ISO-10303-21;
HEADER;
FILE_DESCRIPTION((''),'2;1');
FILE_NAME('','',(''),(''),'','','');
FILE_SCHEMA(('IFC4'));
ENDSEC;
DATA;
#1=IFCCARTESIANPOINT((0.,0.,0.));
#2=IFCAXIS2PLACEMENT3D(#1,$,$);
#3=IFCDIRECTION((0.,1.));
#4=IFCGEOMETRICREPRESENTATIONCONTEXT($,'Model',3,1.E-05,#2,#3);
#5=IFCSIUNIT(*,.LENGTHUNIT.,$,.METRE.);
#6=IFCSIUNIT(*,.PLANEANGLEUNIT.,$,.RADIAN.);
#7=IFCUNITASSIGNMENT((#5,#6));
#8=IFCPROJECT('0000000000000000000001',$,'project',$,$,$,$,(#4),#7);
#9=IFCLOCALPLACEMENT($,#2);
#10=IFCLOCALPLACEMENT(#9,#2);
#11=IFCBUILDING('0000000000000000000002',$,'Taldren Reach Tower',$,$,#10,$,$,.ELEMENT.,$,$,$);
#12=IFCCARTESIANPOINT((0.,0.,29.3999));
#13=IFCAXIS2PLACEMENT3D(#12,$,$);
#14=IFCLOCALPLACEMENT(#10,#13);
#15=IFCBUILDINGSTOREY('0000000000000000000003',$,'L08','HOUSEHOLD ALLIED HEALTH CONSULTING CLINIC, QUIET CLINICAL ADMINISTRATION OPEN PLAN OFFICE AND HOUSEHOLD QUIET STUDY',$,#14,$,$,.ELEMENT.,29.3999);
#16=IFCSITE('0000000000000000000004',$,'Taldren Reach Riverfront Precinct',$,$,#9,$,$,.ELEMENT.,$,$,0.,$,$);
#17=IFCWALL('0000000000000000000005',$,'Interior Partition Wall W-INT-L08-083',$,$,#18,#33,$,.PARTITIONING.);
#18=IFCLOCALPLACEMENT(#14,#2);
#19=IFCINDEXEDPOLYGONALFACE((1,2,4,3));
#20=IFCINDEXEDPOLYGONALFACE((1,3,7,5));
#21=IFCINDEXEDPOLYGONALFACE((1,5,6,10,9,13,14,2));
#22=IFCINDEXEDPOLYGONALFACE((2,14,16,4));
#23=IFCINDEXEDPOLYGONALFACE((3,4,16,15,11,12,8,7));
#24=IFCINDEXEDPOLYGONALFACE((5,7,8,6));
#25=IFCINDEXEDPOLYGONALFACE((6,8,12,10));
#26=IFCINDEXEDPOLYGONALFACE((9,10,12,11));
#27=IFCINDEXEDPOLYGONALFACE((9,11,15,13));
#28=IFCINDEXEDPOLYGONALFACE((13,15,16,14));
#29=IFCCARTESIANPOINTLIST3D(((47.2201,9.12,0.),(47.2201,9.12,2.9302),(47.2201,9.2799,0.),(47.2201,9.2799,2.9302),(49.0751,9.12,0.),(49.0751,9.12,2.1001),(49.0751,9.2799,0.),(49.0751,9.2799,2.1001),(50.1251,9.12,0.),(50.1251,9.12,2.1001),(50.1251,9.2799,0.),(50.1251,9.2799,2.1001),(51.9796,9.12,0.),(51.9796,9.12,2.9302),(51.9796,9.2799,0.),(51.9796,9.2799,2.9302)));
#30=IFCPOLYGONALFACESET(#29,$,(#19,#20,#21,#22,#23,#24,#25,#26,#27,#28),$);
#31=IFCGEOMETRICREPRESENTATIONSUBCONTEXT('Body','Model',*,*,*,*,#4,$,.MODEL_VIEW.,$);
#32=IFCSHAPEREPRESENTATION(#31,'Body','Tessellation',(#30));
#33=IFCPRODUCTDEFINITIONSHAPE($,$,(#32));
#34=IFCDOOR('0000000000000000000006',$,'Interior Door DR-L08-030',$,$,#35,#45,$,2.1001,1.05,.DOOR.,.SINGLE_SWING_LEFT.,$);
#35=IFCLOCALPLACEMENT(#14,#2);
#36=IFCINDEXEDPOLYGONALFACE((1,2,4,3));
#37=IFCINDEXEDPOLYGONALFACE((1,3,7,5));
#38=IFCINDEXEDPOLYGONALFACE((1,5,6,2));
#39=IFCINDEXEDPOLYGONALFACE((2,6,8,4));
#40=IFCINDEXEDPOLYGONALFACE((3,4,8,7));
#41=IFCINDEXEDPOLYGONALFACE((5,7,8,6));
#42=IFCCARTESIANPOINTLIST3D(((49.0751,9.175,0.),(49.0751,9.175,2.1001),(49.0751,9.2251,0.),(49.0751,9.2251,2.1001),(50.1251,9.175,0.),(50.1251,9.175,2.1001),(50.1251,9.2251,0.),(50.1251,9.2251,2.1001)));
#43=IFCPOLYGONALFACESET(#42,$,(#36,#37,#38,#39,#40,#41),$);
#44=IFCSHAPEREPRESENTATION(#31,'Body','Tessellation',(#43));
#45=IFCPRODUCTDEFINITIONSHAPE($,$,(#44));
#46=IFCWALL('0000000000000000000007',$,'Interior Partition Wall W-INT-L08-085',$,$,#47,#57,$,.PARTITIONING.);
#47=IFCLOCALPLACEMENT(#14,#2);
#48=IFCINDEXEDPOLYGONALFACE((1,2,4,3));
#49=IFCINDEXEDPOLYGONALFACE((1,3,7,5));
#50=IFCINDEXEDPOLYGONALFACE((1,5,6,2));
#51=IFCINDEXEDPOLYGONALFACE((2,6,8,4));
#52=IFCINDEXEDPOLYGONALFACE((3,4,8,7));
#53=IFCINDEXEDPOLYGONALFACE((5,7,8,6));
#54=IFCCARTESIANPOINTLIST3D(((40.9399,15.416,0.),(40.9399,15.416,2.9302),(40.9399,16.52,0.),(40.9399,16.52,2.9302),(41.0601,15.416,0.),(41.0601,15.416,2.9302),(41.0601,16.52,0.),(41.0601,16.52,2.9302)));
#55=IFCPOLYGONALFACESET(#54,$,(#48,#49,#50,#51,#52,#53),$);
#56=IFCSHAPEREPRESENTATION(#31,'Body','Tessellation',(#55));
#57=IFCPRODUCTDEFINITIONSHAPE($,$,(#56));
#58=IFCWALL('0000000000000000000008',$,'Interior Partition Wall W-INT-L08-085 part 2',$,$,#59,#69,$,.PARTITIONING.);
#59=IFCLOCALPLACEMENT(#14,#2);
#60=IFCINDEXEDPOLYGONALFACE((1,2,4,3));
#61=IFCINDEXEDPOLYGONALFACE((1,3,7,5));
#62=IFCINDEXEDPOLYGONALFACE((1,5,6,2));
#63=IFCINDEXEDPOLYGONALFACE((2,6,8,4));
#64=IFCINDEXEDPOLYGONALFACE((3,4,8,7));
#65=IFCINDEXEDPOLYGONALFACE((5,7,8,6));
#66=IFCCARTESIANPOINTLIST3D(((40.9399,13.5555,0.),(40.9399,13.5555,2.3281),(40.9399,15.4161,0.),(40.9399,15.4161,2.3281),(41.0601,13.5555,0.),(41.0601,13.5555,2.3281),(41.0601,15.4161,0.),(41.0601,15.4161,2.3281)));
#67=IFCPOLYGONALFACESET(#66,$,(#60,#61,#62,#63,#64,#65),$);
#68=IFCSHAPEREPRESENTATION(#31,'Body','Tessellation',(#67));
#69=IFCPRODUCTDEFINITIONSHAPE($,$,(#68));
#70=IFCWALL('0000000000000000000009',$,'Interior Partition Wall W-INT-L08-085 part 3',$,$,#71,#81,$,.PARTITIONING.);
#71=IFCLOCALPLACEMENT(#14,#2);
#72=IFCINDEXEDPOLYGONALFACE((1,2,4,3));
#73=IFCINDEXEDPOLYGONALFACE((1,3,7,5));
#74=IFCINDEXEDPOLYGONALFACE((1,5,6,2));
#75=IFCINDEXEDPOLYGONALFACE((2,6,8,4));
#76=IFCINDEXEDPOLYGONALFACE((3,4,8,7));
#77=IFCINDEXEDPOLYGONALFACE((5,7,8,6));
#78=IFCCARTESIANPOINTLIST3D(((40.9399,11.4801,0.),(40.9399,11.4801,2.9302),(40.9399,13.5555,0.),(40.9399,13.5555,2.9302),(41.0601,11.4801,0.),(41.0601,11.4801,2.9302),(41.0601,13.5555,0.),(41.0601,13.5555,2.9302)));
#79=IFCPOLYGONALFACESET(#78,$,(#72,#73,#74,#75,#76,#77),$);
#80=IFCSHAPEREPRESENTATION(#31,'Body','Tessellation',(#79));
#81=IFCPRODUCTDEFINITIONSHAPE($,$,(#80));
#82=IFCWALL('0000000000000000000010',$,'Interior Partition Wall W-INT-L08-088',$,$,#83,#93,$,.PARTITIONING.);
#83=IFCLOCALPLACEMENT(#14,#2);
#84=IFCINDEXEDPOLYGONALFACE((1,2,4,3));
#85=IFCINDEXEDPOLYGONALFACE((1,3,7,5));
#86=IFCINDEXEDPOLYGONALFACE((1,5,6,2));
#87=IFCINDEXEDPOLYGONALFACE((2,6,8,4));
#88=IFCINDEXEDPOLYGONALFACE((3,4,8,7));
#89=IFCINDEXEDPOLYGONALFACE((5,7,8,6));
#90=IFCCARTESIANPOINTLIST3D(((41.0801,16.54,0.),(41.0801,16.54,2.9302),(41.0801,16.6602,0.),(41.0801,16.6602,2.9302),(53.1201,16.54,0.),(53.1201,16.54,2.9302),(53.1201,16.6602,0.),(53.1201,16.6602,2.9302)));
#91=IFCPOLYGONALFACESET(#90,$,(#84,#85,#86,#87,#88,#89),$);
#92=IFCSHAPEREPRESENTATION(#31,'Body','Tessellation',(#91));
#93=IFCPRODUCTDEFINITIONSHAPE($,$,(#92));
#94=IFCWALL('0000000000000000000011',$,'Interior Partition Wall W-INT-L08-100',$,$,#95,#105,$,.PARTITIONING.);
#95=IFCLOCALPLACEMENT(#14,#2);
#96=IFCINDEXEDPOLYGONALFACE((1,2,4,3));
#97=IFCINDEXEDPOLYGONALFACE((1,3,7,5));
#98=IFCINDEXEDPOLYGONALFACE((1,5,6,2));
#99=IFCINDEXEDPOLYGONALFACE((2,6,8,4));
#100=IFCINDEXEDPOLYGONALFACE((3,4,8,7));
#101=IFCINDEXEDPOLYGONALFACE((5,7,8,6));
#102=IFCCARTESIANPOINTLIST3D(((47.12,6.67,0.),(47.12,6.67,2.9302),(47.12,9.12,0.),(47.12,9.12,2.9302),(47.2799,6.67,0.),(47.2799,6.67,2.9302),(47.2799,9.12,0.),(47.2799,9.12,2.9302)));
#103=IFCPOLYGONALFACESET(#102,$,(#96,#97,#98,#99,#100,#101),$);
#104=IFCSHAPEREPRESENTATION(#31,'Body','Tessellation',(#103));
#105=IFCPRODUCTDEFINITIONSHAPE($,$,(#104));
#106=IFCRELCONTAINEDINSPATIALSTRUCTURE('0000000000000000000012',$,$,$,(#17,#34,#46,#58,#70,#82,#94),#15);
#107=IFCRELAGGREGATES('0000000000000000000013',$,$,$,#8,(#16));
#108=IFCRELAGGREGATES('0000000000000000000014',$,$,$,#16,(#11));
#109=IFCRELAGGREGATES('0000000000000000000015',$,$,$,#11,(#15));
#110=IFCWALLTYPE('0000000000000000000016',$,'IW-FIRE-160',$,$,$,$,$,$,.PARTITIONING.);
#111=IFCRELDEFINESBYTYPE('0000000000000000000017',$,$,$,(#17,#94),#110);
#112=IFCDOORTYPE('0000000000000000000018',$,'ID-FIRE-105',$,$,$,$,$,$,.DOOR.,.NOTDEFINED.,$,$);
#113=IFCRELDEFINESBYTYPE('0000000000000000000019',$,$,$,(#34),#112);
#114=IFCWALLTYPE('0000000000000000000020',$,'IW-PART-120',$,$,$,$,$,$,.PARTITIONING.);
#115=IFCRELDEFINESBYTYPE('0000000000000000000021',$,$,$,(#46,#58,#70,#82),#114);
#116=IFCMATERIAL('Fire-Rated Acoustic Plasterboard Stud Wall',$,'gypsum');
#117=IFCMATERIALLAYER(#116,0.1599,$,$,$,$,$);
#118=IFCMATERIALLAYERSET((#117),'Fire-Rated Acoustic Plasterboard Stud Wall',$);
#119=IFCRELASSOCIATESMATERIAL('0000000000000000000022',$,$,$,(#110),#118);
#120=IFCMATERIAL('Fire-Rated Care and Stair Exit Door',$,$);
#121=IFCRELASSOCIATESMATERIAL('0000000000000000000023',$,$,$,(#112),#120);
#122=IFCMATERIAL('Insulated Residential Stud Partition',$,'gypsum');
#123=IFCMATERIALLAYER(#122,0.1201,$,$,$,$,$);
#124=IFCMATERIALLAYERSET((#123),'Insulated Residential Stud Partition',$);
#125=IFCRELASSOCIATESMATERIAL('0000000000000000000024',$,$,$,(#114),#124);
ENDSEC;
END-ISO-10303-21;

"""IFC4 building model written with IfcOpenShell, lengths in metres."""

from ifc_helpers import new_model, si_unit, direction, frame, frame_2d, origin, place, context, subcontext, project, spatial, rectangle, extrude, source, transform, mapped, material, layer, layer_set, type_object, element, fill, save


model = new_model("IFC4")

# Units and contexts
model_context = context("Model", 3, precision=1e-05, world=origin(), true_north=direction((0.0, 1.0)))
body_context = subcontext(model_context, "Body", "Model", "MODEL_VIEW")
ifc_project = project(units=[si_unit("LENGTHUNIT", "METRE"), si_unit("PLANEANGLEUNIT", "RADIAN")], contexts=[model_context])

# Site, building, storey
site_placement = place(None, origin())
site = spatial("IfcSite", under=ifc_project, at=site_placement, Name="Taldren Reach Riverfront Precinct", CompositionType="ELEMENT", RefElevation=0.0)
building_placement = place(site_placement, origin())
building = spatial("IfcBuilding", under=site, at=building_placement, Name="Taldren Reach Tower", CompositionType="ELEMENT")
storey_placement = place(building_placement, frame((0.0, 0.0, 29.3999)))
storey = spatial("IfcBuildingStorey", under=building, at=storey_placement, Name="L08", Description="HOUSEHOLD ALLIED HEALTH CONSULTING CLINIC, QUIET CLINICAL ADMINISTRATION OPEN PLAN OFFICE AND HOUSEHOLD QUIET STUDY", CompositionType="ELEMENT", Elevation=29.3999)

# Shared definitions
ifc_material_1 = material(Name="Fire-Rated Acoustic Plasterboard Stud Wall", Category="gypsum")
ifc_layer_1 = layer(ifc_material_1, 0.1599)
ifc_layer_set_1 = layer_set([ifc_layer_1], Name="Fire-Rated Acoustic Plasterboard Stud Wall")
wall_type_1 = type_object("IfcWallType", Name="IW-FIRE-160", PredefinedType="PARTITIONING", material=ifc_layer_set_1)

# Shared definitions
shared_shape_1 = source(origin(), body_context, "Body", "SweptSolid", [
    extrude(rectangle(XDim=1.05, YDim=2.1001, at=frame_2d((0.5249, 1.05))), frame((0.0, 0.0898, 0.0), z_axis=(0.0, -1.0, 0.0), x_axis=(1.0, 0.0, 0.0)), (0.0, 0.0, 1.0), 0.1799),
])
ifc_material_2 = material(Name="Fire-Rated Care and Stair Exit Door")
door_type_1 = type_object("IfcDoorType", Name="ID-FIRE-105", OperationType="NOTDEFINED", PredefinedType="DOOR", material=ifc_material_2)
shared_shape_2 = source(origin(), body_context, "Body", "SweptSolid", [
    extrude(rectangle(XDim=1.05, YDim=2.1001, at=frame_2d((0.5249, 1.05))), frame((0.0, 0.0249, 0.0), z_axis=(0.0, -1.0, 0.0), x_axis=(1.0, 0.0, 0.0)), (0.0, 0.0, 1.0), 0.05),
])

# Wall, opening, door
shared_shape_3 = source(origin(), body_context, "Body", "SweptSolid", [
    extrude(rectangle(XDim=4.7595, YDim=0.1599, at=frame_2d((2.3799, 0.0))), origin(), (0.0, 0.0, 1.0), 2.9302),
])
wall_1_placement = place(storey_placement, frame((51.9797, 9.2, 0.0), z_axis=(0.0, 0.0, 1.0), x_axis=(-1.0, 0.0, 0.0)))
wall_1 = element("IfcWall", 1, at=wall_1_placement, inside=storey, type_object=wall_type_1, Name="Interior Partition Wall W-INT-L08-083", PredefinedType="PARTITIONING", context=body_context, shape_type="MappedRepresentation", body=[
    mapped(shared_shape_3, transform((0.0, 0.0, 0.0), scale=1.0)),
])
opening_1_placement = place(wall_1_placement, frame((1.8547, 0.0, 0.0)))
opening_1 = element("IfcOpeningElement", 2, at=opening_1_placement, cuts=wall_1, PredefinedType="OPENING", context=body_context, shape_type="MappedRepresentation", body=[
    mapped(shared_shape_1, transform((0.0, 0.0, 0.0), scale=1.0)),
])
door_1_placement = place(opening_1_placement, origin())
door_1 = element("IfcDoor", 3, at=door_1_placement, inside=storey, type_object=door_type_1, Name="Interior Door DR-L08-030", OperationType="SINGLE_SWING_LEFT", OverallHeight=2.1001, OverallWidth=1.05, PredefinedType="DOOR", context=body_context, shape_type="MappedRepresentation", body=[
    mapped(shared_shape_2, transform((0.0, 0.0, 0.0), scale=1.0)),
])
fill(opening_1, door_1)

# Walls
ifc_material_3 = material(Name="Insulated Residential Stud Partition", Category="gypsum")
ifc_layer_2 = layer(ifc_material_3, 0.1201)
ifc_layer_set_2 = layer_set([ifc_layer_2], Name="Insulated Residential Stud Partition")
wall_type_2 = type_object("IfcWallType", Name="IW-PART-120", PredefinedType="PARTITIONING", material=ifc_layer_set_2)
shared_shape_4 = source(origin(), body_context, "Body", "SweptSolid", [
    extrude(rectangle(XDim=1.104, YDim=0.1201, at=frame_2d((0.552, 0.0))), origin(), (0.0, 0.0, 1.0), 2.9302),
])
wall_2_placement = place(storey_placement, frame((41.0, 16.52, 0.0), z_axis=(0.0, 0.0, 1.0), x_axis=(0.0, -1.0, 0.0)))
element("IfcWall", 4, at=wall_2_placement, inside=storey, type_object=wall_type_2, Name="Interior Partition Wall W-INT-L08-085", PredefinedType="PARTITIONING", context=body_context, shape_type="MappedRepresentation", body=[
    mapped(shared_shape_4, transform((0.0, 0.0, 0.0), scale=1.0)),
])
shared_shape_5 = source(origin(), body_context, "Body", "SweptSolid", [
    extrude(rectangle(XDim=1.8606, YDim=0.1201, at=frame_2d((0.9302, 0.0))), origin(), (0.0, 0.0, 1.0), 2.3281),
])
wall_3_placement = place(storey_placement, frame((41.0, 15.416, 0.0), z_axis=(0.0, 0.0, 1.0), x_axis=(0.0, -1.0, 0.0)))
element("IfcWall", 5, at=wall_3_placement, inside=storey, type_object=wall_type_2, Name="Interior Partition Wall W-INT-L08-085 part 2", PredefinedType="PARTITIONING", context=body_context, shape_type="MappedRepresentation", body=[
    mapped(shared_shape_5, transform((0.0, 0.0, 0.0), scale=1.0)),
])
shared_shape_6 = source(origin(), body_context, "Body", "SweptSolid", [
    extrude(rectangle(XDim=2.0754, YDim=0.1201, at=frame_2d((1.0376, 0.0))), origin(), (0.0, 0.0, 1.0), 2.9302),
])
wall_4_placement = place(storey_placement, frame((41.0, 13.5554, 0.0), z_axis=(0.0, 0.0, 1.0), x_axis=(0.0, -1.0, 0.0)))
element("IfcWall", 6, at=wall_4_placement, inside=storey, type_object=wall_type_2, Name="Interior Partition Wall W-INT-L08-085 part 3", PredefinedType="PARTITIONING", context=body_context, shape_type="MappedRepresentation", body=[
    mapped(shared_shape_6, transform((0.0, 0.0, 0.0), scale=1.0)),
])
shared_shape_7 = source(origin(), body_context, "Body", "SweptSolid", [
    extrude(rectangle(XDim=12.04, YDim=0.1201, at=frame_2d((6.02, 0.0))), origin(), (0.0, 0.0, 1.0), 2.9302),
])
wall_5_placement = place(storey_placement, frame((41.0801, 16.6001, 0.0), z_axis=(0.0, 0.0, 1.0), x_axis=(1.0, 0.0, 0.0)))
element("IfcWall", 7, at=wall_5_placement, inside=storey, type_object=wall_type_2, Name="Interior Partition Wall W-INT-L08-088", PredefinedType="PARTITIONING", context=body_context, shape_type="MappedRepresentation", body=[
    mapped(shared_shape_7, transform((0.0, 0.0, 0.0), scale=1.0)),
])
shared_shape_8 = source(origin(), body_context, "Body", "SweptSolid", [
    extrude(rectangle(XDim=2.45, YDim=0.1599, at=frame_2d((1.2251, 0.0))), origin(), (0.0, 0.0, 1.0), 2.9302),
])
wall_6_placement = place(storey_placement, frame((47.2, 9.1201, 0.0), z_axis=(0.0, 0.0, 1.0), x_axis=(0.0, -1.0, 0.0)))
element("IfcWall", 8, at=wall_6_placement, inside=storey, type_object=wall_type_1, Name="Interior Partition Wall W-INT-L08-100", PredefinedType="PARTITIONING", context=body_context, shape_type="MappedRepresentation", body=[
    mapped(shared_shape_8, transform((0.0, 0.0, 0.0), scale=1.0)),
])

save(model, "model.ifc")
